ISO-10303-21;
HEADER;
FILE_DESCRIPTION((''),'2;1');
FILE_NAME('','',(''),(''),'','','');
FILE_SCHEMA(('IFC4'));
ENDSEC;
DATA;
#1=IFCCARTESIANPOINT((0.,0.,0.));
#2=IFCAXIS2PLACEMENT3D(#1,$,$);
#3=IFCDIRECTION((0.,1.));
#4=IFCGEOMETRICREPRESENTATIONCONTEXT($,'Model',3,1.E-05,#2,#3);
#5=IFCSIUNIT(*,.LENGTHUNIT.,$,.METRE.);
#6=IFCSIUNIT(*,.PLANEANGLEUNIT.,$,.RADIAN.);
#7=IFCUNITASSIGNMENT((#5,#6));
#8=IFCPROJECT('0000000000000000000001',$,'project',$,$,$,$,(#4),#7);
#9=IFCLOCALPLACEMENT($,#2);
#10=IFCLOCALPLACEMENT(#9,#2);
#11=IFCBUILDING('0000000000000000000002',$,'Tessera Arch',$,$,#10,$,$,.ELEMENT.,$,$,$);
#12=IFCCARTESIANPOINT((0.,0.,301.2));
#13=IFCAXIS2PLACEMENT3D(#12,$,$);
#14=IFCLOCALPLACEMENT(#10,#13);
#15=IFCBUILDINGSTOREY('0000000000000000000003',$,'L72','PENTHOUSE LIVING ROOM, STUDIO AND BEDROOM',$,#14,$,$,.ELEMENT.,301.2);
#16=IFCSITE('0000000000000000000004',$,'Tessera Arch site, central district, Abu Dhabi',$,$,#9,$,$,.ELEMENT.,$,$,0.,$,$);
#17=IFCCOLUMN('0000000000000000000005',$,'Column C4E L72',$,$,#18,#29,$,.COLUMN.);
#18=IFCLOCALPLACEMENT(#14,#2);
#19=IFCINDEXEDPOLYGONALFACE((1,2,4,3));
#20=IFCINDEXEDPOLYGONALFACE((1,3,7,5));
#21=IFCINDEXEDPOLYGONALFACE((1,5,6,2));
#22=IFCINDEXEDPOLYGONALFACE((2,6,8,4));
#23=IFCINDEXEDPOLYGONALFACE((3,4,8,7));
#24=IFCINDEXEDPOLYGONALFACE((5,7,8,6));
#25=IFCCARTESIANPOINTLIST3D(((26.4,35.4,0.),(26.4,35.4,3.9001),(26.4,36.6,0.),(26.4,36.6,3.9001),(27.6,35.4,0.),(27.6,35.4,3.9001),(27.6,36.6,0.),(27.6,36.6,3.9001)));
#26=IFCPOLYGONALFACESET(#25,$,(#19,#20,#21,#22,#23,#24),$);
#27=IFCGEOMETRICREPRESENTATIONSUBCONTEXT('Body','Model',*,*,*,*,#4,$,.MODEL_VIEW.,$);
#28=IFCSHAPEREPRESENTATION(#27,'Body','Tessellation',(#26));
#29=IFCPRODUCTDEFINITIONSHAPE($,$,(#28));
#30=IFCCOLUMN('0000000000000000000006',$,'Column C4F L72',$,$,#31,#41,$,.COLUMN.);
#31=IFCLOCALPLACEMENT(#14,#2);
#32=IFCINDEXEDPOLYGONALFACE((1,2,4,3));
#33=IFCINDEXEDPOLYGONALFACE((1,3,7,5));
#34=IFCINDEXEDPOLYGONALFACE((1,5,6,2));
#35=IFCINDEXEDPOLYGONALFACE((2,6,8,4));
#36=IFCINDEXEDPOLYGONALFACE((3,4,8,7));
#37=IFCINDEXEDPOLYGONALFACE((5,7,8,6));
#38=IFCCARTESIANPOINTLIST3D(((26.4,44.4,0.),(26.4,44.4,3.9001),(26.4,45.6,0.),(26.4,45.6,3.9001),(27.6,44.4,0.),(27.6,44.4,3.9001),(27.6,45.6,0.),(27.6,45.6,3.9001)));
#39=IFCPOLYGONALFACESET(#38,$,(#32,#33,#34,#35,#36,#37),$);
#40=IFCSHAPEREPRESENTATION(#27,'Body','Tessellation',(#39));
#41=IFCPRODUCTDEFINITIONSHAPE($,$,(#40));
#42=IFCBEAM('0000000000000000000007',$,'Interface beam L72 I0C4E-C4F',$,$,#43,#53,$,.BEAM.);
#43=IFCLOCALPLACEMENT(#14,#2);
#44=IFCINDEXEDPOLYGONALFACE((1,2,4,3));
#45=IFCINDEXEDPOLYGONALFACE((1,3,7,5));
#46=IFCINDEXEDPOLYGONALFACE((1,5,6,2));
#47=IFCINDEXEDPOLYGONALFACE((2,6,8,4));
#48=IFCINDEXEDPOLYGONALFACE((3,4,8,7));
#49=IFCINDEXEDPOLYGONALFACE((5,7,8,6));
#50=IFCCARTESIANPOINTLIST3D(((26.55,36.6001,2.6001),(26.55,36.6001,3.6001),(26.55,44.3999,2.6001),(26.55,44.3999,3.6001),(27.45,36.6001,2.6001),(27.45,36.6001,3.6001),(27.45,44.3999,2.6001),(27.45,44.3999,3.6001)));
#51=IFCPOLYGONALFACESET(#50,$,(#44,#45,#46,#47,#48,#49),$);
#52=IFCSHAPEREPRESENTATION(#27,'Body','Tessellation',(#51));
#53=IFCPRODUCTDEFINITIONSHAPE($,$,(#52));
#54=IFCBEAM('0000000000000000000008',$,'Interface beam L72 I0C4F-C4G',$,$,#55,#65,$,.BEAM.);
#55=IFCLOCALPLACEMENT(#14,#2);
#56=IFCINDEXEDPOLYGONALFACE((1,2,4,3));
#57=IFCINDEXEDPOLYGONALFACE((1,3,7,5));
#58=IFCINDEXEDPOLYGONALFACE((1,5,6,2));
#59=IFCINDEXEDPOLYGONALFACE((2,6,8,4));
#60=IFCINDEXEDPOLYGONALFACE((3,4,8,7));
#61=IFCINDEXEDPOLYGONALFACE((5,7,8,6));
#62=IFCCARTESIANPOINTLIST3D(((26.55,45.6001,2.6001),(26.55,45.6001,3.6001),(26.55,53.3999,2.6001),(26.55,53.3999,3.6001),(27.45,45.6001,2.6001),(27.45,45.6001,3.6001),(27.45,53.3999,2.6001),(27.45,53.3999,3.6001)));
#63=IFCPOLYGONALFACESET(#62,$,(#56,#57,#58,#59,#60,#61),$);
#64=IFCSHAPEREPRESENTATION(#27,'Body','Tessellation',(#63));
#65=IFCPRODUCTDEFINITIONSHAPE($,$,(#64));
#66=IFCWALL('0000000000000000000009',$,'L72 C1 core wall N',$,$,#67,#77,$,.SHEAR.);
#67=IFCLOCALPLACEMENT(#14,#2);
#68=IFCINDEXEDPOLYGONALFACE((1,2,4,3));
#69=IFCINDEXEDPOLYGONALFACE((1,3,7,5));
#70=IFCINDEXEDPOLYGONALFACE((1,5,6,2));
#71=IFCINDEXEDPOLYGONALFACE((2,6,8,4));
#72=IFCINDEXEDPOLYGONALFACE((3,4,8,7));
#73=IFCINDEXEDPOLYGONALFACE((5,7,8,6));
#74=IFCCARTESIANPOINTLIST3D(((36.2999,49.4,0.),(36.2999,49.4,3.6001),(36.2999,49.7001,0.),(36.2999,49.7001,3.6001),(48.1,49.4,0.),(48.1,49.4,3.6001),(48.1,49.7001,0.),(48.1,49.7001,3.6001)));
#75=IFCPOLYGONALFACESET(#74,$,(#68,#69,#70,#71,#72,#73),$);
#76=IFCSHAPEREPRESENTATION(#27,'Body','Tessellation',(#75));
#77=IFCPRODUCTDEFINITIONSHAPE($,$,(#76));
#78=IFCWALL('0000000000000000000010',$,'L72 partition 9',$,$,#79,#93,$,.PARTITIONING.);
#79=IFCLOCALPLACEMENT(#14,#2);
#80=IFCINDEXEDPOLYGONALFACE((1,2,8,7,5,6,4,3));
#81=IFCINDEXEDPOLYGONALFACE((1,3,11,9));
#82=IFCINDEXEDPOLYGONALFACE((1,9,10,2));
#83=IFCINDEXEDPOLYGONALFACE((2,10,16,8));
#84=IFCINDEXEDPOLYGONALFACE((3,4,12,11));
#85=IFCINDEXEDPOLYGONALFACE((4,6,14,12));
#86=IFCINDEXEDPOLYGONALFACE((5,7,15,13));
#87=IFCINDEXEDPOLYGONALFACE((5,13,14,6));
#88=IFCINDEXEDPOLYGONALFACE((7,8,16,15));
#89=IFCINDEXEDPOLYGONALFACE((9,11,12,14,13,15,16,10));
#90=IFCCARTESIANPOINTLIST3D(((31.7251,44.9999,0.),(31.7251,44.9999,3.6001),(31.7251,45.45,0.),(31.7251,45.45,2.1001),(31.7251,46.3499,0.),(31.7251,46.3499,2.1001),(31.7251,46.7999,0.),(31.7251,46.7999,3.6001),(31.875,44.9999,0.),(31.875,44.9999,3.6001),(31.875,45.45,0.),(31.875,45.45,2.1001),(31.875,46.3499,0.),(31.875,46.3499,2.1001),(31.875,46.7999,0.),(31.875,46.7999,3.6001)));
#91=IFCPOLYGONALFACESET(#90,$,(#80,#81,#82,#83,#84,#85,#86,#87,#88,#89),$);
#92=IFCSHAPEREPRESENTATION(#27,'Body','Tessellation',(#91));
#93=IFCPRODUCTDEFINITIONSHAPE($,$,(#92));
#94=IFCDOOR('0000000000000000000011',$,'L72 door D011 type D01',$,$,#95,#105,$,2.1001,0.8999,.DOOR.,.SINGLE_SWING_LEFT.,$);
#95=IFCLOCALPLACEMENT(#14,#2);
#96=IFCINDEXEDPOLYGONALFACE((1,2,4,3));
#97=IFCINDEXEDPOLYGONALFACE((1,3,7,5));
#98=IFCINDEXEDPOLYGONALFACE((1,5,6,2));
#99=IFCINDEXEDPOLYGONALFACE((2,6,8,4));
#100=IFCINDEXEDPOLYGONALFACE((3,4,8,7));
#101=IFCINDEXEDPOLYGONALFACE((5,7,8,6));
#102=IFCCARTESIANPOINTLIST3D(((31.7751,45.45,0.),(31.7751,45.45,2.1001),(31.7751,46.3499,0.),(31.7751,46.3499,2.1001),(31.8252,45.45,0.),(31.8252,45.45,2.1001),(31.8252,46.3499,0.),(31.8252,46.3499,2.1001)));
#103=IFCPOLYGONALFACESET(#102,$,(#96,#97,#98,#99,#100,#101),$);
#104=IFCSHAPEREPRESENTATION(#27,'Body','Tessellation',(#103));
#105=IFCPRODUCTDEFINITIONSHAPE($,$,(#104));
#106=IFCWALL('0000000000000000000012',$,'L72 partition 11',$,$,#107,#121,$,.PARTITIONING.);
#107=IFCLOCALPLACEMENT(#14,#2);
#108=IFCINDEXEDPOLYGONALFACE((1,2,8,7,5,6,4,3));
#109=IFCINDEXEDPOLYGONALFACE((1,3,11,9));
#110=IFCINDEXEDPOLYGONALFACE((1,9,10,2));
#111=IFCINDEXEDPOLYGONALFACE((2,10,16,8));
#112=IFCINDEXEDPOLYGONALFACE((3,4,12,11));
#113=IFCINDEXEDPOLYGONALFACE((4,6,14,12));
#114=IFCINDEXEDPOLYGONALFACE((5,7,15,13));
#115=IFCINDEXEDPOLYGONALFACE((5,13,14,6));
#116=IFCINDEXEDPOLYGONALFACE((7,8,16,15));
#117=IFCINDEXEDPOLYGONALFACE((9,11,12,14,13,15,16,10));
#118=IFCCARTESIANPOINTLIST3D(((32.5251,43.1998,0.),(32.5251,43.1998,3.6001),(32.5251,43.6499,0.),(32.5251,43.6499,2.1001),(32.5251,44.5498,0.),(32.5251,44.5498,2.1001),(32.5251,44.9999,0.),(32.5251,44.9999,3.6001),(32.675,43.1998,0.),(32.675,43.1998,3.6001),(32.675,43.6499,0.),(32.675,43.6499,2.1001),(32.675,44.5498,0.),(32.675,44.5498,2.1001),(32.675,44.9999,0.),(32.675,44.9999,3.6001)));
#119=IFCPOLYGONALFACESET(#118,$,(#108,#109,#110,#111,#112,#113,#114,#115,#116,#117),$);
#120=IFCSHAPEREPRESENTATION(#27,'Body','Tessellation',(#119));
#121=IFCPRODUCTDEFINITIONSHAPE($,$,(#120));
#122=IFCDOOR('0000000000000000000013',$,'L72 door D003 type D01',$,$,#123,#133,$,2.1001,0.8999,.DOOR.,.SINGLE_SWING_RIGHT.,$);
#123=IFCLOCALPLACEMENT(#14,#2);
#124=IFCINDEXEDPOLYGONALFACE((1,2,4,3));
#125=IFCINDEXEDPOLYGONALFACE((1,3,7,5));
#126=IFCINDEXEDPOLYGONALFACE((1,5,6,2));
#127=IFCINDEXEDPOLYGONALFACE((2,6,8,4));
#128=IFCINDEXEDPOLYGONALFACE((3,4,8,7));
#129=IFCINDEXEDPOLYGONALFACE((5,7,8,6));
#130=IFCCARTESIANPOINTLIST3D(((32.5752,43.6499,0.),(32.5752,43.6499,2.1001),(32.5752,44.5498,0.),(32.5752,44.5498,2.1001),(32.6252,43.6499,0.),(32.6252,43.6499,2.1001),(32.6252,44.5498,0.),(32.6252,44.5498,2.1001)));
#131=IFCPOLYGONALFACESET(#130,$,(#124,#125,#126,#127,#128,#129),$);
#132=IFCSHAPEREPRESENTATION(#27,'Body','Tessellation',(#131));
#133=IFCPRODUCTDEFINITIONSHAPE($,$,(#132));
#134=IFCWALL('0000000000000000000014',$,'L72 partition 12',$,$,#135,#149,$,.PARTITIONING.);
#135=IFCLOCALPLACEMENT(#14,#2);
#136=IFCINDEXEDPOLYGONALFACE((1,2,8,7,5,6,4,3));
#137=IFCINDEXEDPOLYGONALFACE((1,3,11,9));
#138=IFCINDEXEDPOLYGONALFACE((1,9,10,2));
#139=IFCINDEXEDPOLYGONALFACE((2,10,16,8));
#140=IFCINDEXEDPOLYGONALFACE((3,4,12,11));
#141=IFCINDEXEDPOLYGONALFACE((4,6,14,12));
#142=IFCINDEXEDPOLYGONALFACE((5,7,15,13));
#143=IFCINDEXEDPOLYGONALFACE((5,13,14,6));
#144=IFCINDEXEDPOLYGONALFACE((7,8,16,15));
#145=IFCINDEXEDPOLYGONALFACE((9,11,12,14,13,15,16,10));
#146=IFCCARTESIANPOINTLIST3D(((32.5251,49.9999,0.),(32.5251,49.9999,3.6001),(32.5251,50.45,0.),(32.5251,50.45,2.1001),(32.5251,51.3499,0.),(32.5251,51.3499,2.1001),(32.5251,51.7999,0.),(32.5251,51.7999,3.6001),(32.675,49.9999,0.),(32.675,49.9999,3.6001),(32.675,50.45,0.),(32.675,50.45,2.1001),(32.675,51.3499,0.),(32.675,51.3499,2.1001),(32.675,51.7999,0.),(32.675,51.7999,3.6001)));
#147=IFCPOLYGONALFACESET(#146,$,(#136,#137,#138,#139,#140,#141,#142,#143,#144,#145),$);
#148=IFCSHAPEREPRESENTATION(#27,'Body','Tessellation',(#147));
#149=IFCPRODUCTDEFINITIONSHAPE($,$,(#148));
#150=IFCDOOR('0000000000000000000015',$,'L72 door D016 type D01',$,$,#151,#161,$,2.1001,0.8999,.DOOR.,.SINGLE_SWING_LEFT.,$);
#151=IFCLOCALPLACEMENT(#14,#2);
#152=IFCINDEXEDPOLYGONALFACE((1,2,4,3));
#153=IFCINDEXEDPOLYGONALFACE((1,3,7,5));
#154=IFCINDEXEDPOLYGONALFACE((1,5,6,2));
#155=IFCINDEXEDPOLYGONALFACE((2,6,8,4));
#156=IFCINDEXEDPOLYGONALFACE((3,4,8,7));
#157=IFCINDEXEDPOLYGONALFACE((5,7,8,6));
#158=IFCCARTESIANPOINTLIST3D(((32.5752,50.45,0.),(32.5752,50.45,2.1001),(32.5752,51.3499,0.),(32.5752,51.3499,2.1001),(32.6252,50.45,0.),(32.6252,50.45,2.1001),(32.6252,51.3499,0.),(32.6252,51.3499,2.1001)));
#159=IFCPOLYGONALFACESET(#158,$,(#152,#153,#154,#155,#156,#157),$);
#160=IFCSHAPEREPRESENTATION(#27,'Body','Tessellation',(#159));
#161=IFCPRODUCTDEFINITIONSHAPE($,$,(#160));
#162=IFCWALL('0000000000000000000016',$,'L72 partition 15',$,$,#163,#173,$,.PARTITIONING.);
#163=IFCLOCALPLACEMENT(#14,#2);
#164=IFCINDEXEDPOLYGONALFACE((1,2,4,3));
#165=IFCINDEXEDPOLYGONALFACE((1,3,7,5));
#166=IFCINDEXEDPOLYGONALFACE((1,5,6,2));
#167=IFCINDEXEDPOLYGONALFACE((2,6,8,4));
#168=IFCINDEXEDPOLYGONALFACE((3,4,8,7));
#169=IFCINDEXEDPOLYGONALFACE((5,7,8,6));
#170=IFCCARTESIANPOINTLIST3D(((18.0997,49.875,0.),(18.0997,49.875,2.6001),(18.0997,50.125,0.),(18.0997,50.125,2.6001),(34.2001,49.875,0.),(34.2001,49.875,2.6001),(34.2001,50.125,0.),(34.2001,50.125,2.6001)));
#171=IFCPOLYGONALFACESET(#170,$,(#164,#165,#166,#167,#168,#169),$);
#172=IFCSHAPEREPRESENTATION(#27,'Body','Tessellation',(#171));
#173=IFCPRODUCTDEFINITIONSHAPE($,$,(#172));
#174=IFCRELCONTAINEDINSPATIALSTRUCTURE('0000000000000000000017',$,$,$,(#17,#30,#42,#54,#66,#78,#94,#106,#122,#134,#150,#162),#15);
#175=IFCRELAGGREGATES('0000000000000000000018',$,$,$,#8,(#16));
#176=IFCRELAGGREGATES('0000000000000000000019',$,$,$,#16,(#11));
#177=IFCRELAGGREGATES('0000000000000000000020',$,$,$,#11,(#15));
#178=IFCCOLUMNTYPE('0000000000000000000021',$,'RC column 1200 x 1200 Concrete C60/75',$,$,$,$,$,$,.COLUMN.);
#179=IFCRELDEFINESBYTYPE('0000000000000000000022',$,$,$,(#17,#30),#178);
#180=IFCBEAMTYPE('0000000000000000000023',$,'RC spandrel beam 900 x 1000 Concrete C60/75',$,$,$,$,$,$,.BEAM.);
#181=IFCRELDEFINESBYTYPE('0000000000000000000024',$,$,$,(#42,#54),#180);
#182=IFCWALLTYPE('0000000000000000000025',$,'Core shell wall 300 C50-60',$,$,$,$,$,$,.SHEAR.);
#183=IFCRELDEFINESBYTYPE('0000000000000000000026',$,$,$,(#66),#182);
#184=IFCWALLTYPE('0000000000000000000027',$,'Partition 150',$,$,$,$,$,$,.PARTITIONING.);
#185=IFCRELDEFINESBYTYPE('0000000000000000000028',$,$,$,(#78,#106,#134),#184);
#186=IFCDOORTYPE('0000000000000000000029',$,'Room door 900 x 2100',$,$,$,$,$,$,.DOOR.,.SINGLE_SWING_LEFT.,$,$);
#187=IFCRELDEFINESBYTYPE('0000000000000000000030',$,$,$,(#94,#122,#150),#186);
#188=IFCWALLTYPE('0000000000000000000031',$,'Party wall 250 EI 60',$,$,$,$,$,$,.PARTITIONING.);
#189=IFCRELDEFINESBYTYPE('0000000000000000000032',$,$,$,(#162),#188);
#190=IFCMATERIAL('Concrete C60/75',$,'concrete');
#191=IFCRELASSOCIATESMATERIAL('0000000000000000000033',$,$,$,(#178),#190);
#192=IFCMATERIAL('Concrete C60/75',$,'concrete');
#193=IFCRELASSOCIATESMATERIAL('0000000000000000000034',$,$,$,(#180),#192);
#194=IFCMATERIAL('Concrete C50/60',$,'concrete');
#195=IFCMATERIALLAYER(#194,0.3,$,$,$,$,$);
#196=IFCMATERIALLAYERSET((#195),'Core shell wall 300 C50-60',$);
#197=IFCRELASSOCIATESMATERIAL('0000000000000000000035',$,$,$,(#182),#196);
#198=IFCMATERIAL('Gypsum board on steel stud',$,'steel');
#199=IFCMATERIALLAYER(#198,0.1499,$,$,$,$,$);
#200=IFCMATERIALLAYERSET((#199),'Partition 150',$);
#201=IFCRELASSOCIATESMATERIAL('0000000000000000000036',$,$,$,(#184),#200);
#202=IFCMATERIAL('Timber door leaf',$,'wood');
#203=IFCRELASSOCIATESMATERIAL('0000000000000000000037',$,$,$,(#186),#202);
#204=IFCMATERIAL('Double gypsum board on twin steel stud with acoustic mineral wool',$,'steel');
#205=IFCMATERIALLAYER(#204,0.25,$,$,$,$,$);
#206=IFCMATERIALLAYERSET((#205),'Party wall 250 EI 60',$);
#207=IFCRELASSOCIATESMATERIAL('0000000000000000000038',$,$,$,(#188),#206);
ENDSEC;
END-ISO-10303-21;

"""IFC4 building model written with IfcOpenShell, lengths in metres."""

from ifc_helpers import new_model, si_unit, direction, frame, frame_2d, origin, origin_2d, place, context, subcontext, project, spatial, rectangle, extrude, material, layer, layer_set, material_profile, profile_set, type_object, element, fill, save


model = new_model("IFC4")

# Units and contexts
model_context = context("Model", 3, precision=1e-05, world=origin(), true_north=direction((0.0, 1.0)))
body_context = subcontext(model_context, "Body", "Model", "MODEL_VIEW")
ifc_project = project(units=[si_unit("LENGTHUNIT", "METRE"), si_unit("PLANEANGLEUNIT", "RADIAN")], contexts=[model_context])

# Site, building, storey
site_placement = place(None, origin())
site = spatial("IfcSite", under=ifc_project, at=site_placement, Name="Tessera Arch site, central district, Abu Dhabi", CompositionType="ELEMENT", RefElevation=0.0)
building_placement = place(site_placement, origin())
building = spatial("IfcBuilding", under=site, at=building_placement, Name="Tessera Arch", CompositionType="ELEMENT")
storey_placement = place(building_placement, frame((0.0, 0.0, 301.2)))
storey = spatial("IfcBuildingStorey", under=building, at=storey_placement, Name="L72", Description="PENTHOUSE LIVING ROOM, STUDIO AND BEDROOM", CompositionType="ELEMENT", Elevation=301.2)

# Columns
ifc_material_1 = material(Name="Concrete C60/75", Category="concrete")
ifc_material_profile_1 = material_profile(ifc_material_1, rectangle(XDim=1.2, YDim=1.2, at=origin_2d()), Name="RC column 1200 x 1200 Concrete C60/75")
ifc_profile_set_1 = profile_set([ifc_material_profile_1], Name="Concrete C60/75")
column_type = type_object("IfcColumnType", Name="RC column 1200 x 1200 Concrete C60/75", PredefinedType="COLUMN", material=ifc_profile_set_1)
for number, where, z_axis, x_axis, name in (
    (1, (27.0, 36.0, 0.0), (0.0, 0.0, 1.0), (1.0, 0.0, 0.0), "Column C4E L72"),
    (2, (27.0, 45.0, 0.0), (0.0, 0.0, 1.0), (1.0, 0.0, 0.0), "Column C4F L72"),
):
    element("IfcColumn", number, at=place(storey_placement, frame(where, z_axis=z_axis, x_axis=x_axis)), inside=storey, type_object=column_type, Name=name, PredefinedType="COLUMN", context=body_context, shape_type="SweptSolid", body=[
        extrude(rectangle(XDim=1.2, YDim=1.2, at=origin_2d()), origin(), (0.0, 0.0, 1.0), 3.9001),
    ])

# Beams
ifc_material_2 = material(Name="Concrete C60/75", Category="concrete")
ifc_material_profile_2 = material_profile(ifc_material_2, rectangle(XDim=0.8999, YDim=1.0, at=origin_2d()), Name="RC spandrel beam 900 x 1000 Concrete C60/75")
ifc_profile_set_2 = profile_set([ifc_material_profile_2], Name="Concrete C60/75")
beam_type = type_object("IfcBeamType", Name="RC spandrel beam 900 x 1000 Concrete C60/75", PredefinedType="BEAM", material=ifc_profile_set_2)
for number, where, z_axis, x_axis, name in (
    (3, (27.0, 36.6001, 3.1001), (0.0, 1.0, 0.0), (-1.0, 0.0, 0.0), "Interface beam L72 I0C4E-C4F"),
    (4, (27.0, 45.6001, 3.1001), (0.0, 1.0, 0.0), (-1.0, 0.0, 0.0), "Interface beam L72 I0C4F-C4G"),
):
    element("IfcBeam", number, at=place(storey_placement, frame(where, z_axis=z_axis, x_axis=x_axis)), inside=storey, type_object=beam_type, Name=name, PredefinedType="BEAM", context=body_context, shape_type="SweptSolid", body=[
        extrude(rectangle(XDim=0.8999, YDim=1.0, at=origin_2d()), origin(), (0.0, 0.0, 1.0), 7.7998),
    ])

# Wall
ifc_material_3 = material(Name="Concrete C50/60", Category="concrete")
ifc_layer_1 = layer(ifc_material_3, 0.3)
ifc_layer_set_1 = layer_set([ifc_layer_1], Name="Core shell wall 300 C50-60")
wall_type_1 = type_object("IfcWallType", Name="Core shell wall 300 C50-60", PredefinedType="SHEAR", material=ifc_layer_set_1)
wall_1_placement = place(storey_placement, frame((36.3, 49.55, 0.0), z_axis=(0.0, 0.0, 1.0), x_axis=(1.0, 0.0, 0.0)))
element("IfcWall", 5, at=wall_1_placement, inside=storey, type_object=wall_type_1, Name="L72 C1 core wall N", PredefinedType="SHEAR", context=body_context, shape_type="SweptSolid", body=[
    extrude(rectangle(XDim=11.8, YDim=0.3, at=frame_2d((5.8999, 0.0))), origin(), (0.0, 0.0, 1.0), 3.6001),
])

# Walls, openings, doors
ifc_material_4 = material(Name="Gypsum board on steel stud", Category="steel")
ifc_layer_2 = layer(ifc_material_4, 0.1499)
ifc_layer_set_2 = layer_set([ifc_layer_2], Name="Partition 150")
wall_type_2 = type_object("IfcWallType", Name="Partition 150", PredefinedType="PARTITIONING", material=ifc_layer_set_2)
wall_2_placement = place(storey_placement, frame((31.8, 45.0, 0.0), z_axis=(0.0, 0.0, 1.0), x_axis=(0.0, 1.0, 0.0)))
wall_2 = element("IfcWall", 6, at=wall_2_placement, inside=storey, type_object=wall_type_2, Name="L72 partition 9", PredefinedType="PARTITIONING", context=body_context, shape_type="SweptSolid", body=[
    extrude(rectangle(XDim=1.8, YDim=0.1499, at=frame_2d((0.8999, 0.0))), origin(), (0.0, 0.0, 1.0), 3.6001),
])
opening_1_placement = place(wall_2_placement, frame((0.45, 0.0, 0.0)))
opening_1 = element("IfcOpeningElement", 7, at=opening_1_placement, cuts=wall_2, PredefinedType="OPENING", context=body_context, shape_type="SweptSolid", body=[
    extrude(rectangle(XDim=0.8999, YDim=2.1001, at=frame_2d((0.45, 1.05))), frame((0.0, 0.085, 0.0), z_axis=(0.0, -1.0, 0.0), x_axis=(1.0, 0.0, 0.0)), (0.0, 0.0, 1.0), 0.1699),
])
ifc_material_5 = material(Name="Timber door leaf", Category="wood")
door_type_1 = type_object("IfcDoorType", Name="Room door 900 x 2100", OperationType="SINGLE_SWING_LEFT", PredefinedType="DOOR", material=ifc_material_5)
door_1_placement = place(opening_1_placement, origin())
door_1 = element("IfcDoor", 8, at=door_1_placement, inside=storey, type_object=door_type_1, Name="L72 door D011 type D01", OperationType="SINGLE_SWING_LEFT", OverallHeight=2.1001, OverallWidth=0.8999, PredefinedType="DOOR", context=body_context, shape_type="SweptSolid", body=[
    extrude(rectangle(XDim=0.8999, YDim=2.1001, at=frame_2d((0.45, 1.05))), frame((0.0, 0.0249, 0.0), z_axis=(0.0, -1.0, 0.0), x_axis=(1.0, 0.0, 0.0)), (0.0, 0.0, 1.0), 0.05),
])
fill(opening_1, door_1)
wall_3_placement = place(storey_placement, frame((32.6001, 43.2, 0.0), z_axis=(0.0, 0.0, 1.0), x_axis=(0.0, 1.0, 0.0)))
wall_3 = element("IfcWall", 9, at=wall_3_placement, inside=storey, type_object=wall_type_2, Name="L72 partition 11", PredefinedType="PARTITIONING", context=body_context, shape_type="SweptSolid", body=[
    extrude(rectangle(XDim=1.8, YDim=0.1499, at=frame_2d((0.8999, 0.0))), origin(), (0.0, 0.0, 1.0), 3.6001),
])
opening_2_placement = place(wall_3_placement, frame((0.45, 0.0, 0.0)))
opening_2 = element("IfcOpeningElement", 10, at=opening_2_placement, cuts=wall_3, PredefinedType="OPENING", context=body_context, shape_type="SweptSolid", body=[
    extrude(rectangle(XDim=0.8999, YDim=2.1001, at=frame_2d((0.45, 1.05))), frame((0.0, 0.085, 0.0), z_axis=(0.0, -1.0, 0.0), x_axis=(1.0, 0.0, 0.0)), (0.0, 0.0, 1.0), 0.1699),
])
door_2_placement = place(opening_2_placement, origin())
door_2 = element("IfcDoor", 11, at=door_2_placement, inside=storey, type_object=door_type_1, Name="L72 door D003 type D01", OperationType="SINGLE_SWING_RIGHT", OverallHeight=2.1001, OverallWidth=0.8999, PredefinedType="DOOR", context=body_context, shape_type="SweptSolid", body=[
    extrude(rectangle(XDim=0.8999, YDim=2.1001, at=frame_2d((0.45, 1.05))), frame((0.0, 0.0249, 0.0), z_axis=(0.0, -1.0, 0.0), x_axis=(1.0, 0.0, 0.0)), (0.0, 0.0, 1.0), 0.05),
])
fill(opening_2, door_2)
wall_4_placement = place(storey_placement, frame((32.6001, 50.0, 0.0), z_axis=(0.0, 0.0, 1.0), x_axis=(0.0, 1.0, 0.0)))
wall_4 = element("IfcWall", 12, at=wall_4_placement, inside=storey, type_object=wall_type_2, Name="L72 partition 12", PredefinedType="PARTITIONING", context=body_context, shape_type="SweptSolid", body=[
    extrude(rectangle(XDim=1.8, YDim=0.1499, at=frame_2d((0.8999, 0.0))), origin(), (0.0, 0.0, 1.0), 3.6001),
])
opening_3_placement = place(wall_4_placement, frame((0.45, 0.0, 0.0)))
opening_3 = element("IfcOpeningElement", 13, at=opening_3_placement, cuts=wall_4, PredefinedType="OPENING", context=body_context, shape_type="SweptSolid", body=[
    extrude(rectangle(XDim=0.8999, YDim=2.1001, at=frame_2d((0.45, 1.05))), frame((0.0, 0.085, 0.0), z_axis=(0.0, -1.0, 0.0), x_axis=(1.0, 0.0, 0.0)), (0.0, 0.0, 1.0), 0.1699),
])
door_3_placement = place(opening_3_placement, origin())
door_3 = element("IfcDoor", 14, at=door_3_placement, inside=storey, type_object=door_type_1, Name="L72 door D016 type D01", OperationType="SINGLE_SWING_LEFT", OverallHeight=2.1001, OverallWidth=0.8999, PredefinedType="DOOR", context=body_context, shape_type="SweptSolid", body=[
    extrude(rectangle(XDim=0.8999, YDim=2.1001, at=frame_2d((0.45, 1.05))), frame((0.0, 0.0249, 0.0), z_axis=(0.0, -1.0, 0.0), x_axis=(1.0, 0.0, 0.0)), (0.0, 0.0, 1.0), 0.05),
])
fill(opening_3, door_3)

# Wall
ifc_material_6 = material(Name="Double gypsum board on twin steel stud with acoustic mineral wool", Category="steel")
ifc_layer_3 = layer(ifc_material_6, 0.25)
ifc_layer_set_3 = layer_set([ifc_layer_3], Name="Party wall 250 EI 60")
wall_type_3 = type_object("IfcWallType", Name="Party wall 250 EI 60", PredefinedType="PARTITIONING", material=ifc_layer_set_3)
wall_5_placement = place(storey_placement, frame((18.0996, 50.0, 0.0), z_axis=(0.0, 0.0, 1.0), x_axis=(1.0, 0.0, 0.0)))
element("IfcWall", 15, at=wall_5_placement, inside=storey, type_object=wall_type_3, Name="L72 partition 15", PredefinedType="PARTITIONING", context=body_context, shape_type="SweptSolid", body=[
    extrude(rectangle(XDim=16.1003, YDim=0.25, at=frame_2d((8.0503, 0.0))), origin(), (0.0, 0.0, 1.0), 2.6001),
])

save(model, "model.ifc")
